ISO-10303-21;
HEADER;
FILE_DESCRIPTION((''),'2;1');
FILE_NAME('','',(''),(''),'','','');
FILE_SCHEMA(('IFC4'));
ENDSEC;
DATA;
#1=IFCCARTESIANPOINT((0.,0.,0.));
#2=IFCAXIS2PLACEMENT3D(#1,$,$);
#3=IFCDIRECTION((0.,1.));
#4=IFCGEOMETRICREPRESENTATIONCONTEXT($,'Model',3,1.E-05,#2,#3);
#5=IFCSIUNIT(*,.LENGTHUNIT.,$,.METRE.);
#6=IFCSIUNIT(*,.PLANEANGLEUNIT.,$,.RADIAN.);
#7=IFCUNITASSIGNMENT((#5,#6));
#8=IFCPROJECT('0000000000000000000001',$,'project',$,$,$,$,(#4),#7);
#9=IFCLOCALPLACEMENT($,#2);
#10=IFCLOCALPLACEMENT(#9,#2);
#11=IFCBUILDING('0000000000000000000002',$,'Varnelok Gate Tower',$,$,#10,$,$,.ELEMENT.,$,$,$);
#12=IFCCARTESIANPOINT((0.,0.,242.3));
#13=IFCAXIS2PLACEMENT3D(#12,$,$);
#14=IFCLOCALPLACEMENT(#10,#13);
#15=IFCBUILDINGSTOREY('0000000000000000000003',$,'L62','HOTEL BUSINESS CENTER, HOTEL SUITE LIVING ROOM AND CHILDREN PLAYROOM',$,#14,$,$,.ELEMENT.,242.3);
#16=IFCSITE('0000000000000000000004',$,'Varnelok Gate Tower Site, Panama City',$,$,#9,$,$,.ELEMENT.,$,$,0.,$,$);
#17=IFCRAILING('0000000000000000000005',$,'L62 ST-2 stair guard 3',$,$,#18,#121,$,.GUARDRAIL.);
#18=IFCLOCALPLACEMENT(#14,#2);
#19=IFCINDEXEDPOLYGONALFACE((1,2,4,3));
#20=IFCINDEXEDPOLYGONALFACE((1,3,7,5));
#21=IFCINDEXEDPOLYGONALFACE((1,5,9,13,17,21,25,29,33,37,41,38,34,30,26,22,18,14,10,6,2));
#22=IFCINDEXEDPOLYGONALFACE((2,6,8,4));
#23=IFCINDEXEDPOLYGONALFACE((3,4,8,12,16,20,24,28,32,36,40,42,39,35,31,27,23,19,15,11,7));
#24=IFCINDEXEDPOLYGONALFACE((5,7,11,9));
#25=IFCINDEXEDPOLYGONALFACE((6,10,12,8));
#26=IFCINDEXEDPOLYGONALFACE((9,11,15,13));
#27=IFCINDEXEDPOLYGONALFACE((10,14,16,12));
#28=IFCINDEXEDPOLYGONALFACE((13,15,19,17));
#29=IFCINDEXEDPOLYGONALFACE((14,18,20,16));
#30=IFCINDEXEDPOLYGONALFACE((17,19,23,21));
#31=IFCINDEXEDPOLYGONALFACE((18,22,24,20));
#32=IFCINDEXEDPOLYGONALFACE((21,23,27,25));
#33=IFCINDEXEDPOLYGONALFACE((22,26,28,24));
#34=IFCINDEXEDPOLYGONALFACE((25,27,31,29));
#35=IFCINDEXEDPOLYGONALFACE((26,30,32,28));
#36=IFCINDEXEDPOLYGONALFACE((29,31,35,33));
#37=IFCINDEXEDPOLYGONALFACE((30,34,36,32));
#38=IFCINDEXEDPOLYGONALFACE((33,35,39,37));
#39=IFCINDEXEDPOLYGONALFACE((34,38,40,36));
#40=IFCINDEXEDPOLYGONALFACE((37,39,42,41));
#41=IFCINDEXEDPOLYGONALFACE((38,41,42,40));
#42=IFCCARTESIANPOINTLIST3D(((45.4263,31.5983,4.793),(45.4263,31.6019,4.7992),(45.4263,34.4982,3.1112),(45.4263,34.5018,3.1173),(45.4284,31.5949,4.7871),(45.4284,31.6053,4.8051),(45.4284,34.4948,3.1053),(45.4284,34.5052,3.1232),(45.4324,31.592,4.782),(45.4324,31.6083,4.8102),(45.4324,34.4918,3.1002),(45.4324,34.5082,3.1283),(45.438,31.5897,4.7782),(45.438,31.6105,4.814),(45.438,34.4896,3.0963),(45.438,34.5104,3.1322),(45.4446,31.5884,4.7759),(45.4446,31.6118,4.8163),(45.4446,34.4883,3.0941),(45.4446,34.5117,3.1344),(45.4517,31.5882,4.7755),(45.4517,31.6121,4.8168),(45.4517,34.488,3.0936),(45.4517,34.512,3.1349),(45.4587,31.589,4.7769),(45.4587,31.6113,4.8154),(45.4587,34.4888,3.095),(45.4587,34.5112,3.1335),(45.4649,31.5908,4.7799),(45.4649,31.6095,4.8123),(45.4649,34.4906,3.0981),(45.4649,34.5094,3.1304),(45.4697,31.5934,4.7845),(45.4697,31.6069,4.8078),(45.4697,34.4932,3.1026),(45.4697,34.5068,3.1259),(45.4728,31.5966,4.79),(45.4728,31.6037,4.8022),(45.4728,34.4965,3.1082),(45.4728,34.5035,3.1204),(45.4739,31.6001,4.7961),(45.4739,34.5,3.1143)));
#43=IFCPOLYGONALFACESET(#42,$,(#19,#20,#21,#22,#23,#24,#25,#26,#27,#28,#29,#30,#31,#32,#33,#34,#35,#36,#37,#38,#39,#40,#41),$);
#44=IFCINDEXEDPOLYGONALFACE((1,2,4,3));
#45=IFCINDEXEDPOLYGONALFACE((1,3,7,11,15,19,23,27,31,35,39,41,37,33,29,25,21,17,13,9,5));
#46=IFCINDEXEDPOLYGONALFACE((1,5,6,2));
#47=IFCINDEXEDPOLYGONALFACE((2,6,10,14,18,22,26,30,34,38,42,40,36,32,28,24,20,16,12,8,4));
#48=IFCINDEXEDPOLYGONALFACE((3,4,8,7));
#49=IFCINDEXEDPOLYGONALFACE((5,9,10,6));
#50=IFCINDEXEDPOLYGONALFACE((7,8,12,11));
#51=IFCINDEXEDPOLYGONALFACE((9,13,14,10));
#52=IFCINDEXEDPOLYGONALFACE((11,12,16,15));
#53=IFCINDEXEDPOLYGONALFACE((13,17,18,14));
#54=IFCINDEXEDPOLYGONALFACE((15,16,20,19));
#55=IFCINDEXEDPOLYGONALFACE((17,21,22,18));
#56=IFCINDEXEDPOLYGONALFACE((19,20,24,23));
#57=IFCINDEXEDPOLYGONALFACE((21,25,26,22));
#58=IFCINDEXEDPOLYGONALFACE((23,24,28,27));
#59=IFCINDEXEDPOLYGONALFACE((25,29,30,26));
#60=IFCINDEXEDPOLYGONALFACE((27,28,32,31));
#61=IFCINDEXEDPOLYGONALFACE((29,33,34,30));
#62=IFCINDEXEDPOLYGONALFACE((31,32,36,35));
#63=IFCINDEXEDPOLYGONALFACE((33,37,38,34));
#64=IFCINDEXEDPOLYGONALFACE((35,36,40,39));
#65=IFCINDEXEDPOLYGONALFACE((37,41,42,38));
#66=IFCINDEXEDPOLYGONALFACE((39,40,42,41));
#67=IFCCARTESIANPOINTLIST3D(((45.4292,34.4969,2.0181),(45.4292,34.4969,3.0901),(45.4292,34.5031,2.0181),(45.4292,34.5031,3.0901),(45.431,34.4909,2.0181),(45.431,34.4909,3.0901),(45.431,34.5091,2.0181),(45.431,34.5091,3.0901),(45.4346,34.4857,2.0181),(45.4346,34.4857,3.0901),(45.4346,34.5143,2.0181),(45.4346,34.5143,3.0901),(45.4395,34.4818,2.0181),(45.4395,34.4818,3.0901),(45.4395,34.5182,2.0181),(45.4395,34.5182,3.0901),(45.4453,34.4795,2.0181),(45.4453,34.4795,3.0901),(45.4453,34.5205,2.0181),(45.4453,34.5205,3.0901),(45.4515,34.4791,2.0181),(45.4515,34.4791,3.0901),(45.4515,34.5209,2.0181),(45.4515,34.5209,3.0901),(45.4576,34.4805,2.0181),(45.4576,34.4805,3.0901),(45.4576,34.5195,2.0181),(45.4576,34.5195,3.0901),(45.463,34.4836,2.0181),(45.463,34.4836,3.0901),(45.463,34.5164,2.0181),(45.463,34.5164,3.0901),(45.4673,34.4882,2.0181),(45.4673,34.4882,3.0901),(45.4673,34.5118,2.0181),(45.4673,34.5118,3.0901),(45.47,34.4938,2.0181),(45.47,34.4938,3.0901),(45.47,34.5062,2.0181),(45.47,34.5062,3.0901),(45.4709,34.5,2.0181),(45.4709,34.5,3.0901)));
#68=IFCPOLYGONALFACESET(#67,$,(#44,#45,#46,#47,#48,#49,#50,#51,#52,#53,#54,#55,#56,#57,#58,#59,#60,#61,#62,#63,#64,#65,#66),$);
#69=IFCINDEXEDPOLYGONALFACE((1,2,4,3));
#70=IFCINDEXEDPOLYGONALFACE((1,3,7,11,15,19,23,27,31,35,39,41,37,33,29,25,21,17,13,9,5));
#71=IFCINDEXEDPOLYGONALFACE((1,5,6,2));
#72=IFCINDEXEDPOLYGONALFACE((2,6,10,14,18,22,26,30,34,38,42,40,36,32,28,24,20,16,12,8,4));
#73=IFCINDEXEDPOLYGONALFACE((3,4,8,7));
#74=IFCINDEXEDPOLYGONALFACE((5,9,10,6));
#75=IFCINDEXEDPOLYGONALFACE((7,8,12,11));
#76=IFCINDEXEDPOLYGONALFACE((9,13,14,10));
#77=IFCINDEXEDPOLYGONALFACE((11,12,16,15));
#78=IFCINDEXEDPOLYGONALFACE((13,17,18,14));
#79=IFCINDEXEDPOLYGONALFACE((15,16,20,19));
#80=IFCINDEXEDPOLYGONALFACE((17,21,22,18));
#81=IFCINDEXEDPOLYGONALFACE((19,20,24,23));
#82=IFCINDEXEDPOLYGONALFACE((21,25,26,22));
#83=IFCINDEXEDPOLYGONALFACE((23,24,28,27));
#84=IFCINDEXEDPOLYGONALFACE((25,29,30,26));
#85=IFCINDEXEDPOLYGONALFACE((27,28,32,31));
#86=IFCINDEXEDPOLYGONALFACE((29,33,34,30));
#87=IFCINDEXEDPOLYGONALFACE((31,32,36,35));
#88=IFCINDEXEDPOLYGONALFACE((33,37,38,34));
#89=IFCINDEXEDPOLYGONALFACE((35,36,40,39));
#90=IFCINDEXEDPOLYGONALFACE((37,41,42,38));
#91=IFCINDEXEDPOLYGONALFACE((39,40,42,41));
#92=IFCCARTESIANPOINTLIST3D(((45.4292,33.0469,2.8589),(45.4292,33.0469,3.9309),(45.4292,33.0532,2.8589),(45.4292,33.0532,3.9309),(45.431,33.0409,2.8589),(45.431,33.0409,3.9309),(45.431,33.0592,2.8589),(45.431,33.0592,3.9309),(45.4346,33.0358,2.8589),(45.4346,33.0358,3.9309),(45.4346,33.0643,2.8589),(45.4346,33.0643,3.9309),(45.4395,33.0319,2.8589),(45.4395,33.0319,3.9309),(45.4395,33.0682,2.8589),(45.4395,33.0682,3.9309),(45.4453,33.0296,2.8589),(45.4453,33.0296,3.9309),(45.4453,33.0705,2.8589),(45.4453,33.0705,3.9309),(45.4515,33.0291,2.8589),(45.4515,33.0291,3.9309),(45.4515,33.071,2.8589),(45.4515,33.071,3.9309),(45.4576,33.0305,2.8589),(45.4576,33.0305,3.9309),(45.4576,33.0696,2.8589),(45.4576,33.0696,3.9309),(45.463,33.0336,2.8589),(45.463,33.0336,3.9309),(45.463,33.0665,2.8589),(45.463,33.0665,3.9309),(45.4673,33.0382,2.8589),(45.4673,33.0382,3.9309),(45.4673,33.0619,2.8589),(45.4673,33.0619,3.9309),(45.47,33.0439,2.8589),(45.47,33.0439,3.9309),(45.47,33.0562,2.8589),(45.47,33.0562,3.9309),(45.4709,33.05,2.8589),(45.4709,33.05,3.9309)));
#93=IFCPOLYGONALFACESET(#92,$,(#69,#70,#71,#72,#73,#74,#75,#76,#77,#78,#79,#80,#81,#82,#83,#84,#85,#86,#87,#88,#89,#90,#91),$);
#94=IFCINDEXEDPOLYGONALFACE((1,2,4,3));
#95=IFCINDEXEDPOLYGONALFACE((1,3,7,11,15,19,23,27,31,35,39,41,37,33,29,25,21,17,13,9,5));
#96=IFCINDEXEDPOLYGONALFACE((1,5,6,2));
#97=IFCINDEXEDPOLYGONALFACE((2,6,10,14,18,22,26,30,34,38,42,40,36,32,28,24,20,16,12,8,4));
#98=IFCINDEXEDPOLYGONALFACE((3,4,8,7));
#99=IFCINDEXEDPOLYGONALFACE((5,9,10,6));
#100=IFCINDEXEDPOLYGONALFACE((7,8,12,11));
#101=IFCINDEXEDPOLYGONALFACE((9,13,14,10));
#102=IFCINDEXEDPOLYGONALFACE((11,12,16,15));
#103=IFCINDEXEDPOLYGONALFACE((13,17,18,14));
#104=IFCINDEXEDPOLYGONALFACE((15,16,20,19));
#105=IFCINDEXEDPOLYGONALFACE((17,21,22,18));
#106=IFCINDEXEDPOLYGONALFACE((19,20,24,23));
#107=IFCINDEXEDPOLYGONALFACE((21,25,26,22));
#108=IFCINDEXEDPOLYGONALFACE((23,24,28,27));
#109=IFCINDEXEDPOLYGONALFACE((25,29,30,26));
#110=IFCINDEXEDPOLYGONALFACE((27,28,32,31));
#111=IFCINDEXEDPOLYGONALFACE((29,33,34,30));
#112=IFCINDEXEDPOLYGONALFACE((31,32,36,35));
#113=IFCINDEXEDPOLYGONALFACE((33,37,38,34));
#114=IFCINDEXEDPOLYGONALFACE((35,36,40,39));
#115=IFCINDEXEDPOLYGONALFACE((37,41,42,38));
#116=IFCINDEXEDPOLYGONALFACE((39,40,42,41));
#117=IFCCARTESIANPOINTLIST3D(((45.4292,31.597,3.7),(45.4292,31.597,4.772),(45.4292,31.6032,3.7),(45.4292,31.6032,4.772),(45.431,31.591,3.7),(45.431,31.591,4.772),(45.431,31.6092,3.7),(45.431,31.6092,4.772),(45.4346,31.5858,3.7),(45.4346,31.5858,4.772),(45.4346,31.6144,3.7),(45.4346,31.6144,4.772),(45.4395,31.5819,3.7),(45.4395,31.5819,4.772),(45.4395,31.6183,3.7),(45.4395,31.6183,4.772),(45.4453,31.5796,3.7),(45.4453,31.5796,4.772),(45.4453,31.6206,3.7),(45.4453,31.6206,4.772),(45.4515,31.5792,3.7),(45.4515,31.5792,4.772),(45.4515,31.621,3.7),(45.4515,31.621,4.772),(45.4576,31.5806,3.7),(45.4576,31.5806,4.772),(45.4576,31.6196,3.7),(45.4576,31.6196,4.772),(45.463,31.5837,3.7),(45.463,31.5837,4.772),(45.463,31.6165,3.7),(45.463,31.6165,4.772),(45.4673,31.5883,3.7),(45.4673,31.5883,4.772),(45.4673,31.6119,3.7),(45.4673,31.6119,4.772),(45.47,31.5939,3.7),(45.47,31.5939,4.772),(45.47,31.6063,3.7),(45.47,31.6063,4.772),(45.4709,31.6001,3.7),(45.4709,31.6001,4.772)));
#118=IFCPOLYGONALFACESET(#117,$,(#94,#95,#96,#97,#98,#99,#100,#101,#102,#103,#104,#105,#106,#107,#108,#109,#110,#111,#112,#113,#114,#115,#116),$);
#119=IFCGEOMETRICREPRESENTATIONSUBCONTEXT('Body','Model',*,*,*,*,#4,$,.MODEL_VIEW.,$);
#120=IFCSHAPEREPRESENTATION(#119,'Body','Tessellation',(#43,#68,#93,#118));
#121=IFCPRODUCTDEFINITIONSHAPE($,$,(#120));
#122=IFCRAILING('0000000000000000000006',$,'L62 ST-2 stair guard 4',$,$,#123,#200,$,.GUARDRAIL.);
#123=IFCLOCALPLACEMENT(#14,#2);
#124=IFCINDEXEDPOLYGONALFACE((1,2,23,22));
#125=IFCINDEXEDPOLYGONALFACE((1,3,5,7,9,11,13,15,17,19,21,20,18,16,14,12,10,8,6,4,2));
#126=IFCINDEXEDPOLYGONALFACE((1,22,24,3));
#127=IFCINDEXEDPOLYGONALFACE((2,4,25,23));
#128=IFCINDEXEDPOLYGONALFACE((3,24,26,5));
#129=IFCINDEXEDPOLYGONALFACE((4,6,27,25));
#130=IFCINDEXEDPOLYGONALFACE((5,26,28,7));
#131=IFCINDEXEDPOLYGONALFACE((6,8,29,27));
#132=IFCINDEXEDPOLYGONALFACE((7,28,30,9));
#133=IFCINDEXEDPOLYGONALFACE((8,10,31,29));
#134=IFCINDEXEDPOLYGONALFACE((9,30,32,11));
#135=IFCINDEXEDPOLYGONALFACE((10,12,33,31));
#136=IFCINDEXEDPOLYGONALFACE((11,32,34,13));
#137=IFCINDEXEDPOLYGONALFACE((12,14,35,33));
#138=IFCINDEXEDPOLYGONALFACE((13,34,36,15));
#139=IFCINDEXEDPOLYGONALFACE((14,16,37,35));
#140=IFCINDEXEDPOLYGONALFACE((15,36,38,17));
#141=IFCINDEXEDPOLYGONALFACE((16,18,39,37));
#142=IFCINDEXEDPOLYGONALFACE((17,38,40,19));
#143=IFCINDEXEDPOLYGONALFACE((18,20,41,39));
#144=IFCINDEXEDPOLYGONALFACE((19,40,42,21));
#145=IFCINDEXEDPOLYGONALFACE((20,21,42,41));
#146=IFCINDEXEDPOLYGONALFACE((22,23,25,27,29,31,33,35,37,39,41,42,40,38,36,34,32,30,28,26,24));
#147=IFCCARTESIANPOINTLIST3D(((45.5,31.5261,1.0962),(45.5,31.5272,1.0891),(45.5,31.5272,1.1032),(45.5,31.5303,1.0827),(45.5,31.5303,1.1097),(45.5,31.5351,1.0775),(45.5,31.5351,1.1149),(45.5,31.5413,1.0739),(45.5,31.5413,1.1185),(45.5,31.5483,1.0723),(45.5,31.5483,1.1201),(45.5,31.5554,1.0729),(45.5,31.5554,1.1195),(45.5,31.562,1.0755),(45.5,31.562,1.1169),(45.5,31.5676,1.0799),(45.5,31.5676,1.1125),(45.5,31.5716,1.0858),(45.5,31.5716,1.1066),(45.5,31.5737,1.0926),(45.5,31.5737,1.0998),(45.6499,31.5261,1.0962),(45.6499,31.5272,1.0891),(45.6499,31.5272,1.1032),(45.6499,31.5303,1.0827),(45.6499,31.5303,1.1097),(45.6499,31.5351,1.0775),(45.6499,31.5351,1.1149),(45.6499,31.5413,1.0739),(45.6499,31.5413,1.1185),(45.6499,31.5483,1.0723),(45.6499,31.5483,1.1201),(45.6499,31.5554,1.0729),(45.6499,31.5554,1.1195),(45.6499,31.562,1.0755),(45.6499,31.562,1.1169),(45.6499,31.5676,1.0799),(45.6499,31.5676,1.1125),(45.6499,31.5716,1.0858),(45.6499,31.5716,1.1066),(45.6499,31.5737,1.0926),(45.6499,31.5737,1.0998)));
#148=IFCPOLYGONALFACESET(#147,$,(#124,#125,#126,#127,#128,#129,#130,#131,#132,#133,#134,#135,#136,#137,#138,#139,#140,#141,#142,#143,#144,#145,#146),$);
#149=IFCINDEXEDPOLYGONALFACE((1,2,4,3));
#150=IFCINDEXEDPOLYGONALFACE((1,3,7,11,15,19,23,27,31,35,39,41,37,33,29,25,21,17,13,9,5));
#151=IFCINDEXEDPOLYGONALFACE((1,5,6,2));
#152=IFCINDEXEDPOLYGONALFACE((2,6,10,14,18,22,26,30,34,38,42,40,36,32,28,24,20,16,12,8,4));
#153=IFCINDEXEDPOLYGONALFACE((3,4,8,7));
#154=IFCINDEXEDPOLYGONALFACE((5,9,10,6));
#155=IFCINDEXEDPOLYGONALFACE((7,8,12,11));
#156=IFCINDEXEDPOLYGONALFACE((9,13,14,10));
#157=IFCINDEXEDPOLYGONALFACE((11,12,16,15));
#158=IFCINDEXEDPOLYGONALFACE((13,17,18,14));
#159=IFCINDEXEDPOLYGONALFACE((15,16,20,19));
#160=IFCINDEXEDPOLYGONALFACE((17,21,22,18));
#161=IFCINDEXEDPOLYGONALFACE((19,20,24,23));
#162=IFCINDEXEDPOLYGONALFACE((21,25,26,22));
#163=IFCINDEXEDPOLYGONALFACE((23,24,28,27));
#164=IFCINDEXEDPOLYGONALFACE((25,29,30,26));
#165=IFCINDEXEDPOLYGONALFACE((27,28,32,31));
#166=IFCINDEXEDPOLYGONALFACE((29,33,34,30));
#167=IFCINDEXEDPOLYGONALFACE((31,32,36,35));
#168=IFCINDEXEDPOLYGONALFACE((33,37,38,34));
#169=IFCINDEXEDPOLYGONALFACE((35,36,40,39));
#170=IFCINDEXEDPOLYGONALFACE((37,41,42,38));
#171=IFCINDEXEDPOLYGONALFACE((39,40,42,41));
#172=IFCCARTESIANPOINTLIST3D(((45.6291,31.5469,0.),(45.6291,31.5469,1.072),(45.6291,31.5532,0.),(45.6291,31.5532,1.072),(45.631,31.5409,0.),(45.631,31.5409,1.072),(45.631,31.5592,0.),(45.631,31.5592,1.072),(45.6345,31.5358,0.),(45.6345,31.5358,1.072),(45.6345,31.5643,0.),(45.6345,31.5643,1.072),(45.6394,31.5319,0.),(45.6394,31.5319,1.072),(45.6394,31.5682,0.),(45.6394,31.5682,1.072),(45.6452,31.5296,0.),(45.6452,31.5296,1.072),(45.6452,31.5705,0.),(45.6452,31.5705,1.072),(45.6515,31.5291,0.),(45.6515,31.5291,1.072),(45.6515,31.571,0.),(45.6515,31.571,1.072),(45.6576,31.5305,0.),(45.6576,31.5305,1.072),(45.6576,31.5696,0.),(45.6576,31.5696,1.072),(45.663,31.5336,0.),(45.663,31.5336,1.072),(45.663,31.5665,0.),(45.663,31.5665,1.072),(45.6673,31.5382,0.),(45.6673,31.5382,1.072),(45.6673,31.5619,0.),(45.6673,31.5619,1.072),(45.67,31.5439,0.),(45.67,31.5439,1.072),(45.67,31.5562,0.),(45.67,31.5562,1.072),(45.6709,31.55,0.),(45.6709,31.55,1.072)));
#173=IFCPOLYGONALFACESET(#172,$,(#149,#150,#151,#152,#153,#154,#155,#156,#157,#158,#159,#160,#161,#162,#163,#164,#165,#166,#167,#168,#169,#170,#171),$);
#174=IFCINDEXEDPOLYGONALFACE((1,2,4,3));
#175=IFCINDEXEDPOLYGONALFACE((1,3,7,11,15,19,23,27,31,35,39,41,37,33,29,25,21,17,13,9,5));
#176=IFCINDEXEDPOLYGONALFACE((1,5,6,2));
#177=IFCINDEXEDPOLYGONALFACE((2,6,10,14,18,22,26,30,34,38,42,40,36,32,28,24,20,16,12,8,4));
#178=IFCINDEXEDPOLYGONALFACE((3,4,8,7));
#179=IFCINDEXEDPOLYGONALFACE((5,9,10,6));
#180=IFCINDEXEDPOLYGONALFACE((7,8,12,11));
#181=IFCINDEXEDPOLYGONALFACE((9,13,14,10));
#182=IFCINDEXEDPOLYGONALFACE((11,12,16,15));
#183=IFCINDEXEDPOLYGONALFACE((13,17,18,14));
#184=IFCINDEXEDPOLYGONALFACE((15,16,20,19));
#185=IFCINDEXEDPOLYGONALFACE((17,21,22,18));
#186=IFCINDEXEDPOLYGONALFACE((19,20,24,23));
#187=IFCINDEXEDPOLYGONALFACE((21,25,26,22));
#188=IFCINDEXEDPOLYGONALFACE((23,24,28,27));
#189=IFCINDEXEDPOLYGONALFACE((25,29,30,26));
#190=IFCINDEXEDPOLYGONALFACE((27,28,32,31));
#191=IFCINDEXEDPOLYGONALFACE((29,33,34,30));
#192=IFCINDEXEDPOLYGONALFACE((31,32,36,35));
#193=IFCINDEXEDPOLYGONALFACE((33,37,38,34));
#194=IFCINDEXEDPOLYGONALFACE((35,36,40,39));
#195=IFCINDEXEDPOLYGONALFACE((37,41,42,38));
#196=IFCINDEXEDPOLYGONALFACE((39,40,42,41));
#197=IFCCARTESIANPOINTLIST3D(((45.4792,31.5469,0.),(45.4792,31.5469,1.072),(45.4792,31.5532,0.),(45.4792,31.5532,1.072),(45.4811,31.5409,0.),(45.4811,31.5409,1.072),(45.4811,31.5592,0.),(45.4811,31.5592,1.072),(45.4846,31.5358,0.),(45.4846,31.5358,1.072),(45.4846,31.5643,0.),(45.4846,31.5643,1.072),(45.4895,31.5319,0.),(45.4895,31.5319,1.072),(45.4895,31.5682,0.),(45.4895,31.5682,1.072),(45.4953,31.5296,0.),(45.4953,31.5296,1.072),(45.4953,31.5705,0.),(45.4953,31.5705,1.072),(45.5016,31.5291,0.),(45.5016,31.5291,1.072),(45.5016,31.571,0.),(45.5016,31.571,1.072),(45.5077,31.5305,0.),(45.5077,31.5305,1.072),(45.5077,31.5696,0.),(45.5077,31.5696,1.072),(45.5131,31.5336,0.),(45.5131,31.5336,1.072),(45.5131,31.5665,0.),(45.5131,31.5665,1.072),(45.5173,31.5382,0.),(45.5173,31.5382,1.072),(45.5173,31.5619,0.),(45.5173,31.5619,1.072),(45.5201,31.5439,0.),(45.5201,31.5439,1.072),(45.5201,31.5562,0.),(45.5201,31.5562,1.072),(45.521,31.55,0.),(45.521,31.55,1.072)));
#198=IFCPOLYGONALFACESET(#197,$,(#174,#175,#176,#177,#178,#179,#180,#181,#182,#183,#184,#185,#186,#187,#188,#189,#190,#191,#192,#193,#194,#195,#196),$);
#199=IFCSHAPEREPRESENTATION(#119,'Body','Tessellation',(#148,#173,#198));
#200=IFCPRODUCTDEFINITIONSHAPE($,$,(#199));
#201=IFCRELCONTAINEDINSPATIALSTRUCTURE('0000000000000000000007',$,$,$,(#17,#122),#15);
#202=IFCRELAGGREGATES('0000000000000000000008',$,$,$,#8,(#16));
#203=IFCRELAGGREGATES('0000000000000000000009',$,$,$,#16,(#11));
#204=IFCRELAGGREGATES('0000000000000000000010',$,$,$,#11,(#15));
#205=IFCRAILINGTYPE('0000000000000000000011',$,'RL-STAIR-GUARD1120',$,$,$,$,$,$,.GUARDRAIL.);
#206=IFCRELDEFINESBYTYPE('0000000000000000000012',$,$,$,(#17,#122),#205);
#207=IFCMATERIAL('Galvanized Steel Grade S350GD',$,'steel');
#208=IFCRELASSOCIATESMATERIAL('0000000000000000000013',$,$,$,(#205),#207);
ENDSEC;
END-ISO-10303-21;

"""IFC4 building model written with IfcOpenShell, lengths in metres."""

from ifc_helpers import new_model, si_unit, direction, frame, origin, origin_2d, place, context, subcontext, project, spatial, circle, extrude, material, type_object, element, save


model = new_model("IFC4")

# Units and contexts
model_context = context("Model", 3, precision=1e-05, world=origin(), true_north=direction((0.0, 1.0)))
body_context = subcontext(model_context, "Body", "Model", "MODEL_VIEW")
ifc_project = project(units=[si_unit("LENGTHUNIT", "METRE"), si_unit("PLANEANGLEUNIT", "RADIAN")], contexts=[model_context])

# Site, building, storey
site_placement = place(None, origin())
site = spatial("IfcSite", under=ifc_project, at=site_placement, Name="Varnelok Gate Tower Site, Panama City", CompositionType="ELEMENT", RefElevation=0.0)
building_placement = place(site_placement, origin())
building = spatial("IfcBuilding", under=site, at=building_placement, Name="Varnelok Gate Tower", CompositionType="ELEMENT")
storey_placement = place(building_placement, frame((0.0, 0.0, 242.3)))
storey = spatial("IfcBuildingStorey", under=building, at=storey_placement, Name="L62", Description="HOTEL BUSINESS CENTER, HOTEL SUITE LIVING ROOM AND CHILDREN PLAYROOM", CompositionType="ELEMENT", Elevation=242.3)

# Shared definitions
ifc_material_1 = material(Name="Galvanized Steel Grade S350GD", Category="steel")

# Railings
railing_type_1 = type_object("IfcRailingType", Name="RL-STAIR-GUARD1120", PredefinedType="GUARDRAIL", material=ifc_material_1)
railing_1_placement = place(storey_placement, frame((45.45, 34.5, 2.0181)))
element("IfcRailing", 1, at=railing_1_placement, inside=storey, type_object=railing_type_1, Name="L62 ST-2 stair guard 3", PredefinedType="GUARDRAIL", context=body_context, shape_type="SweptSolid", body=[
    extrude(circle(Radius=0.0239, at=origin_2d()), frame((0.0, 0.0, 1.0962), z_axis=(0.0, -0.865039, 0.501705), x_axis=(1.0, 0.0, 0.0)), (0.0, 0.0, 1.0), 3.3523),
    extrude(circle(Radius=0.021, at=origin_2d()), origin(), (0.0, 0.0, 1.0), 1.072),
    extrude(circle(Radius=0.021, at=origin_2d()), frame((0.0, -1.45, 0.8408)), (0.0, 0.0, 1.0), 1.072),
    extrude(circle(Radius=0.021, at=origin_2d()), frame((0.0, -2.8999, 1.6819)), (0.0, 0.0, 1.0), 1.072),
])
railing_2_placement = place(storey_placement, frame((45.6499, 31.55, 0.0)))
element("IfcRailing", 2, at=railing_2_placement, inside=storey, type_object=railing_type_1, Name="L62 ST-2 stair guard 4", PredefinedType="GUARDRAIL", context=body_context, shape_type="SweptSolid", body=[
    extrude(circle(Radius=0.0239, at=origin_2d()), frame((0.0, 0.0, 1.0962), z_axis=(-1.0, 0.0, 0.0), x_axis=(0.0, -1.0, 0.0)), (0.0, 0.0, 1.0), 0.1499),
    extrude(circle(Radius=0.021, at=origin_2d()), origin(), (0.0, 0.0, 1.0), 1.072),
    extrude(circle(Radius=0.021, at=origin_2d()), frame((-0.1499, 0.0, 0.0)), (0.0, 0.0, 1.0), 1.072),
])

save(model, "model.ifc")
